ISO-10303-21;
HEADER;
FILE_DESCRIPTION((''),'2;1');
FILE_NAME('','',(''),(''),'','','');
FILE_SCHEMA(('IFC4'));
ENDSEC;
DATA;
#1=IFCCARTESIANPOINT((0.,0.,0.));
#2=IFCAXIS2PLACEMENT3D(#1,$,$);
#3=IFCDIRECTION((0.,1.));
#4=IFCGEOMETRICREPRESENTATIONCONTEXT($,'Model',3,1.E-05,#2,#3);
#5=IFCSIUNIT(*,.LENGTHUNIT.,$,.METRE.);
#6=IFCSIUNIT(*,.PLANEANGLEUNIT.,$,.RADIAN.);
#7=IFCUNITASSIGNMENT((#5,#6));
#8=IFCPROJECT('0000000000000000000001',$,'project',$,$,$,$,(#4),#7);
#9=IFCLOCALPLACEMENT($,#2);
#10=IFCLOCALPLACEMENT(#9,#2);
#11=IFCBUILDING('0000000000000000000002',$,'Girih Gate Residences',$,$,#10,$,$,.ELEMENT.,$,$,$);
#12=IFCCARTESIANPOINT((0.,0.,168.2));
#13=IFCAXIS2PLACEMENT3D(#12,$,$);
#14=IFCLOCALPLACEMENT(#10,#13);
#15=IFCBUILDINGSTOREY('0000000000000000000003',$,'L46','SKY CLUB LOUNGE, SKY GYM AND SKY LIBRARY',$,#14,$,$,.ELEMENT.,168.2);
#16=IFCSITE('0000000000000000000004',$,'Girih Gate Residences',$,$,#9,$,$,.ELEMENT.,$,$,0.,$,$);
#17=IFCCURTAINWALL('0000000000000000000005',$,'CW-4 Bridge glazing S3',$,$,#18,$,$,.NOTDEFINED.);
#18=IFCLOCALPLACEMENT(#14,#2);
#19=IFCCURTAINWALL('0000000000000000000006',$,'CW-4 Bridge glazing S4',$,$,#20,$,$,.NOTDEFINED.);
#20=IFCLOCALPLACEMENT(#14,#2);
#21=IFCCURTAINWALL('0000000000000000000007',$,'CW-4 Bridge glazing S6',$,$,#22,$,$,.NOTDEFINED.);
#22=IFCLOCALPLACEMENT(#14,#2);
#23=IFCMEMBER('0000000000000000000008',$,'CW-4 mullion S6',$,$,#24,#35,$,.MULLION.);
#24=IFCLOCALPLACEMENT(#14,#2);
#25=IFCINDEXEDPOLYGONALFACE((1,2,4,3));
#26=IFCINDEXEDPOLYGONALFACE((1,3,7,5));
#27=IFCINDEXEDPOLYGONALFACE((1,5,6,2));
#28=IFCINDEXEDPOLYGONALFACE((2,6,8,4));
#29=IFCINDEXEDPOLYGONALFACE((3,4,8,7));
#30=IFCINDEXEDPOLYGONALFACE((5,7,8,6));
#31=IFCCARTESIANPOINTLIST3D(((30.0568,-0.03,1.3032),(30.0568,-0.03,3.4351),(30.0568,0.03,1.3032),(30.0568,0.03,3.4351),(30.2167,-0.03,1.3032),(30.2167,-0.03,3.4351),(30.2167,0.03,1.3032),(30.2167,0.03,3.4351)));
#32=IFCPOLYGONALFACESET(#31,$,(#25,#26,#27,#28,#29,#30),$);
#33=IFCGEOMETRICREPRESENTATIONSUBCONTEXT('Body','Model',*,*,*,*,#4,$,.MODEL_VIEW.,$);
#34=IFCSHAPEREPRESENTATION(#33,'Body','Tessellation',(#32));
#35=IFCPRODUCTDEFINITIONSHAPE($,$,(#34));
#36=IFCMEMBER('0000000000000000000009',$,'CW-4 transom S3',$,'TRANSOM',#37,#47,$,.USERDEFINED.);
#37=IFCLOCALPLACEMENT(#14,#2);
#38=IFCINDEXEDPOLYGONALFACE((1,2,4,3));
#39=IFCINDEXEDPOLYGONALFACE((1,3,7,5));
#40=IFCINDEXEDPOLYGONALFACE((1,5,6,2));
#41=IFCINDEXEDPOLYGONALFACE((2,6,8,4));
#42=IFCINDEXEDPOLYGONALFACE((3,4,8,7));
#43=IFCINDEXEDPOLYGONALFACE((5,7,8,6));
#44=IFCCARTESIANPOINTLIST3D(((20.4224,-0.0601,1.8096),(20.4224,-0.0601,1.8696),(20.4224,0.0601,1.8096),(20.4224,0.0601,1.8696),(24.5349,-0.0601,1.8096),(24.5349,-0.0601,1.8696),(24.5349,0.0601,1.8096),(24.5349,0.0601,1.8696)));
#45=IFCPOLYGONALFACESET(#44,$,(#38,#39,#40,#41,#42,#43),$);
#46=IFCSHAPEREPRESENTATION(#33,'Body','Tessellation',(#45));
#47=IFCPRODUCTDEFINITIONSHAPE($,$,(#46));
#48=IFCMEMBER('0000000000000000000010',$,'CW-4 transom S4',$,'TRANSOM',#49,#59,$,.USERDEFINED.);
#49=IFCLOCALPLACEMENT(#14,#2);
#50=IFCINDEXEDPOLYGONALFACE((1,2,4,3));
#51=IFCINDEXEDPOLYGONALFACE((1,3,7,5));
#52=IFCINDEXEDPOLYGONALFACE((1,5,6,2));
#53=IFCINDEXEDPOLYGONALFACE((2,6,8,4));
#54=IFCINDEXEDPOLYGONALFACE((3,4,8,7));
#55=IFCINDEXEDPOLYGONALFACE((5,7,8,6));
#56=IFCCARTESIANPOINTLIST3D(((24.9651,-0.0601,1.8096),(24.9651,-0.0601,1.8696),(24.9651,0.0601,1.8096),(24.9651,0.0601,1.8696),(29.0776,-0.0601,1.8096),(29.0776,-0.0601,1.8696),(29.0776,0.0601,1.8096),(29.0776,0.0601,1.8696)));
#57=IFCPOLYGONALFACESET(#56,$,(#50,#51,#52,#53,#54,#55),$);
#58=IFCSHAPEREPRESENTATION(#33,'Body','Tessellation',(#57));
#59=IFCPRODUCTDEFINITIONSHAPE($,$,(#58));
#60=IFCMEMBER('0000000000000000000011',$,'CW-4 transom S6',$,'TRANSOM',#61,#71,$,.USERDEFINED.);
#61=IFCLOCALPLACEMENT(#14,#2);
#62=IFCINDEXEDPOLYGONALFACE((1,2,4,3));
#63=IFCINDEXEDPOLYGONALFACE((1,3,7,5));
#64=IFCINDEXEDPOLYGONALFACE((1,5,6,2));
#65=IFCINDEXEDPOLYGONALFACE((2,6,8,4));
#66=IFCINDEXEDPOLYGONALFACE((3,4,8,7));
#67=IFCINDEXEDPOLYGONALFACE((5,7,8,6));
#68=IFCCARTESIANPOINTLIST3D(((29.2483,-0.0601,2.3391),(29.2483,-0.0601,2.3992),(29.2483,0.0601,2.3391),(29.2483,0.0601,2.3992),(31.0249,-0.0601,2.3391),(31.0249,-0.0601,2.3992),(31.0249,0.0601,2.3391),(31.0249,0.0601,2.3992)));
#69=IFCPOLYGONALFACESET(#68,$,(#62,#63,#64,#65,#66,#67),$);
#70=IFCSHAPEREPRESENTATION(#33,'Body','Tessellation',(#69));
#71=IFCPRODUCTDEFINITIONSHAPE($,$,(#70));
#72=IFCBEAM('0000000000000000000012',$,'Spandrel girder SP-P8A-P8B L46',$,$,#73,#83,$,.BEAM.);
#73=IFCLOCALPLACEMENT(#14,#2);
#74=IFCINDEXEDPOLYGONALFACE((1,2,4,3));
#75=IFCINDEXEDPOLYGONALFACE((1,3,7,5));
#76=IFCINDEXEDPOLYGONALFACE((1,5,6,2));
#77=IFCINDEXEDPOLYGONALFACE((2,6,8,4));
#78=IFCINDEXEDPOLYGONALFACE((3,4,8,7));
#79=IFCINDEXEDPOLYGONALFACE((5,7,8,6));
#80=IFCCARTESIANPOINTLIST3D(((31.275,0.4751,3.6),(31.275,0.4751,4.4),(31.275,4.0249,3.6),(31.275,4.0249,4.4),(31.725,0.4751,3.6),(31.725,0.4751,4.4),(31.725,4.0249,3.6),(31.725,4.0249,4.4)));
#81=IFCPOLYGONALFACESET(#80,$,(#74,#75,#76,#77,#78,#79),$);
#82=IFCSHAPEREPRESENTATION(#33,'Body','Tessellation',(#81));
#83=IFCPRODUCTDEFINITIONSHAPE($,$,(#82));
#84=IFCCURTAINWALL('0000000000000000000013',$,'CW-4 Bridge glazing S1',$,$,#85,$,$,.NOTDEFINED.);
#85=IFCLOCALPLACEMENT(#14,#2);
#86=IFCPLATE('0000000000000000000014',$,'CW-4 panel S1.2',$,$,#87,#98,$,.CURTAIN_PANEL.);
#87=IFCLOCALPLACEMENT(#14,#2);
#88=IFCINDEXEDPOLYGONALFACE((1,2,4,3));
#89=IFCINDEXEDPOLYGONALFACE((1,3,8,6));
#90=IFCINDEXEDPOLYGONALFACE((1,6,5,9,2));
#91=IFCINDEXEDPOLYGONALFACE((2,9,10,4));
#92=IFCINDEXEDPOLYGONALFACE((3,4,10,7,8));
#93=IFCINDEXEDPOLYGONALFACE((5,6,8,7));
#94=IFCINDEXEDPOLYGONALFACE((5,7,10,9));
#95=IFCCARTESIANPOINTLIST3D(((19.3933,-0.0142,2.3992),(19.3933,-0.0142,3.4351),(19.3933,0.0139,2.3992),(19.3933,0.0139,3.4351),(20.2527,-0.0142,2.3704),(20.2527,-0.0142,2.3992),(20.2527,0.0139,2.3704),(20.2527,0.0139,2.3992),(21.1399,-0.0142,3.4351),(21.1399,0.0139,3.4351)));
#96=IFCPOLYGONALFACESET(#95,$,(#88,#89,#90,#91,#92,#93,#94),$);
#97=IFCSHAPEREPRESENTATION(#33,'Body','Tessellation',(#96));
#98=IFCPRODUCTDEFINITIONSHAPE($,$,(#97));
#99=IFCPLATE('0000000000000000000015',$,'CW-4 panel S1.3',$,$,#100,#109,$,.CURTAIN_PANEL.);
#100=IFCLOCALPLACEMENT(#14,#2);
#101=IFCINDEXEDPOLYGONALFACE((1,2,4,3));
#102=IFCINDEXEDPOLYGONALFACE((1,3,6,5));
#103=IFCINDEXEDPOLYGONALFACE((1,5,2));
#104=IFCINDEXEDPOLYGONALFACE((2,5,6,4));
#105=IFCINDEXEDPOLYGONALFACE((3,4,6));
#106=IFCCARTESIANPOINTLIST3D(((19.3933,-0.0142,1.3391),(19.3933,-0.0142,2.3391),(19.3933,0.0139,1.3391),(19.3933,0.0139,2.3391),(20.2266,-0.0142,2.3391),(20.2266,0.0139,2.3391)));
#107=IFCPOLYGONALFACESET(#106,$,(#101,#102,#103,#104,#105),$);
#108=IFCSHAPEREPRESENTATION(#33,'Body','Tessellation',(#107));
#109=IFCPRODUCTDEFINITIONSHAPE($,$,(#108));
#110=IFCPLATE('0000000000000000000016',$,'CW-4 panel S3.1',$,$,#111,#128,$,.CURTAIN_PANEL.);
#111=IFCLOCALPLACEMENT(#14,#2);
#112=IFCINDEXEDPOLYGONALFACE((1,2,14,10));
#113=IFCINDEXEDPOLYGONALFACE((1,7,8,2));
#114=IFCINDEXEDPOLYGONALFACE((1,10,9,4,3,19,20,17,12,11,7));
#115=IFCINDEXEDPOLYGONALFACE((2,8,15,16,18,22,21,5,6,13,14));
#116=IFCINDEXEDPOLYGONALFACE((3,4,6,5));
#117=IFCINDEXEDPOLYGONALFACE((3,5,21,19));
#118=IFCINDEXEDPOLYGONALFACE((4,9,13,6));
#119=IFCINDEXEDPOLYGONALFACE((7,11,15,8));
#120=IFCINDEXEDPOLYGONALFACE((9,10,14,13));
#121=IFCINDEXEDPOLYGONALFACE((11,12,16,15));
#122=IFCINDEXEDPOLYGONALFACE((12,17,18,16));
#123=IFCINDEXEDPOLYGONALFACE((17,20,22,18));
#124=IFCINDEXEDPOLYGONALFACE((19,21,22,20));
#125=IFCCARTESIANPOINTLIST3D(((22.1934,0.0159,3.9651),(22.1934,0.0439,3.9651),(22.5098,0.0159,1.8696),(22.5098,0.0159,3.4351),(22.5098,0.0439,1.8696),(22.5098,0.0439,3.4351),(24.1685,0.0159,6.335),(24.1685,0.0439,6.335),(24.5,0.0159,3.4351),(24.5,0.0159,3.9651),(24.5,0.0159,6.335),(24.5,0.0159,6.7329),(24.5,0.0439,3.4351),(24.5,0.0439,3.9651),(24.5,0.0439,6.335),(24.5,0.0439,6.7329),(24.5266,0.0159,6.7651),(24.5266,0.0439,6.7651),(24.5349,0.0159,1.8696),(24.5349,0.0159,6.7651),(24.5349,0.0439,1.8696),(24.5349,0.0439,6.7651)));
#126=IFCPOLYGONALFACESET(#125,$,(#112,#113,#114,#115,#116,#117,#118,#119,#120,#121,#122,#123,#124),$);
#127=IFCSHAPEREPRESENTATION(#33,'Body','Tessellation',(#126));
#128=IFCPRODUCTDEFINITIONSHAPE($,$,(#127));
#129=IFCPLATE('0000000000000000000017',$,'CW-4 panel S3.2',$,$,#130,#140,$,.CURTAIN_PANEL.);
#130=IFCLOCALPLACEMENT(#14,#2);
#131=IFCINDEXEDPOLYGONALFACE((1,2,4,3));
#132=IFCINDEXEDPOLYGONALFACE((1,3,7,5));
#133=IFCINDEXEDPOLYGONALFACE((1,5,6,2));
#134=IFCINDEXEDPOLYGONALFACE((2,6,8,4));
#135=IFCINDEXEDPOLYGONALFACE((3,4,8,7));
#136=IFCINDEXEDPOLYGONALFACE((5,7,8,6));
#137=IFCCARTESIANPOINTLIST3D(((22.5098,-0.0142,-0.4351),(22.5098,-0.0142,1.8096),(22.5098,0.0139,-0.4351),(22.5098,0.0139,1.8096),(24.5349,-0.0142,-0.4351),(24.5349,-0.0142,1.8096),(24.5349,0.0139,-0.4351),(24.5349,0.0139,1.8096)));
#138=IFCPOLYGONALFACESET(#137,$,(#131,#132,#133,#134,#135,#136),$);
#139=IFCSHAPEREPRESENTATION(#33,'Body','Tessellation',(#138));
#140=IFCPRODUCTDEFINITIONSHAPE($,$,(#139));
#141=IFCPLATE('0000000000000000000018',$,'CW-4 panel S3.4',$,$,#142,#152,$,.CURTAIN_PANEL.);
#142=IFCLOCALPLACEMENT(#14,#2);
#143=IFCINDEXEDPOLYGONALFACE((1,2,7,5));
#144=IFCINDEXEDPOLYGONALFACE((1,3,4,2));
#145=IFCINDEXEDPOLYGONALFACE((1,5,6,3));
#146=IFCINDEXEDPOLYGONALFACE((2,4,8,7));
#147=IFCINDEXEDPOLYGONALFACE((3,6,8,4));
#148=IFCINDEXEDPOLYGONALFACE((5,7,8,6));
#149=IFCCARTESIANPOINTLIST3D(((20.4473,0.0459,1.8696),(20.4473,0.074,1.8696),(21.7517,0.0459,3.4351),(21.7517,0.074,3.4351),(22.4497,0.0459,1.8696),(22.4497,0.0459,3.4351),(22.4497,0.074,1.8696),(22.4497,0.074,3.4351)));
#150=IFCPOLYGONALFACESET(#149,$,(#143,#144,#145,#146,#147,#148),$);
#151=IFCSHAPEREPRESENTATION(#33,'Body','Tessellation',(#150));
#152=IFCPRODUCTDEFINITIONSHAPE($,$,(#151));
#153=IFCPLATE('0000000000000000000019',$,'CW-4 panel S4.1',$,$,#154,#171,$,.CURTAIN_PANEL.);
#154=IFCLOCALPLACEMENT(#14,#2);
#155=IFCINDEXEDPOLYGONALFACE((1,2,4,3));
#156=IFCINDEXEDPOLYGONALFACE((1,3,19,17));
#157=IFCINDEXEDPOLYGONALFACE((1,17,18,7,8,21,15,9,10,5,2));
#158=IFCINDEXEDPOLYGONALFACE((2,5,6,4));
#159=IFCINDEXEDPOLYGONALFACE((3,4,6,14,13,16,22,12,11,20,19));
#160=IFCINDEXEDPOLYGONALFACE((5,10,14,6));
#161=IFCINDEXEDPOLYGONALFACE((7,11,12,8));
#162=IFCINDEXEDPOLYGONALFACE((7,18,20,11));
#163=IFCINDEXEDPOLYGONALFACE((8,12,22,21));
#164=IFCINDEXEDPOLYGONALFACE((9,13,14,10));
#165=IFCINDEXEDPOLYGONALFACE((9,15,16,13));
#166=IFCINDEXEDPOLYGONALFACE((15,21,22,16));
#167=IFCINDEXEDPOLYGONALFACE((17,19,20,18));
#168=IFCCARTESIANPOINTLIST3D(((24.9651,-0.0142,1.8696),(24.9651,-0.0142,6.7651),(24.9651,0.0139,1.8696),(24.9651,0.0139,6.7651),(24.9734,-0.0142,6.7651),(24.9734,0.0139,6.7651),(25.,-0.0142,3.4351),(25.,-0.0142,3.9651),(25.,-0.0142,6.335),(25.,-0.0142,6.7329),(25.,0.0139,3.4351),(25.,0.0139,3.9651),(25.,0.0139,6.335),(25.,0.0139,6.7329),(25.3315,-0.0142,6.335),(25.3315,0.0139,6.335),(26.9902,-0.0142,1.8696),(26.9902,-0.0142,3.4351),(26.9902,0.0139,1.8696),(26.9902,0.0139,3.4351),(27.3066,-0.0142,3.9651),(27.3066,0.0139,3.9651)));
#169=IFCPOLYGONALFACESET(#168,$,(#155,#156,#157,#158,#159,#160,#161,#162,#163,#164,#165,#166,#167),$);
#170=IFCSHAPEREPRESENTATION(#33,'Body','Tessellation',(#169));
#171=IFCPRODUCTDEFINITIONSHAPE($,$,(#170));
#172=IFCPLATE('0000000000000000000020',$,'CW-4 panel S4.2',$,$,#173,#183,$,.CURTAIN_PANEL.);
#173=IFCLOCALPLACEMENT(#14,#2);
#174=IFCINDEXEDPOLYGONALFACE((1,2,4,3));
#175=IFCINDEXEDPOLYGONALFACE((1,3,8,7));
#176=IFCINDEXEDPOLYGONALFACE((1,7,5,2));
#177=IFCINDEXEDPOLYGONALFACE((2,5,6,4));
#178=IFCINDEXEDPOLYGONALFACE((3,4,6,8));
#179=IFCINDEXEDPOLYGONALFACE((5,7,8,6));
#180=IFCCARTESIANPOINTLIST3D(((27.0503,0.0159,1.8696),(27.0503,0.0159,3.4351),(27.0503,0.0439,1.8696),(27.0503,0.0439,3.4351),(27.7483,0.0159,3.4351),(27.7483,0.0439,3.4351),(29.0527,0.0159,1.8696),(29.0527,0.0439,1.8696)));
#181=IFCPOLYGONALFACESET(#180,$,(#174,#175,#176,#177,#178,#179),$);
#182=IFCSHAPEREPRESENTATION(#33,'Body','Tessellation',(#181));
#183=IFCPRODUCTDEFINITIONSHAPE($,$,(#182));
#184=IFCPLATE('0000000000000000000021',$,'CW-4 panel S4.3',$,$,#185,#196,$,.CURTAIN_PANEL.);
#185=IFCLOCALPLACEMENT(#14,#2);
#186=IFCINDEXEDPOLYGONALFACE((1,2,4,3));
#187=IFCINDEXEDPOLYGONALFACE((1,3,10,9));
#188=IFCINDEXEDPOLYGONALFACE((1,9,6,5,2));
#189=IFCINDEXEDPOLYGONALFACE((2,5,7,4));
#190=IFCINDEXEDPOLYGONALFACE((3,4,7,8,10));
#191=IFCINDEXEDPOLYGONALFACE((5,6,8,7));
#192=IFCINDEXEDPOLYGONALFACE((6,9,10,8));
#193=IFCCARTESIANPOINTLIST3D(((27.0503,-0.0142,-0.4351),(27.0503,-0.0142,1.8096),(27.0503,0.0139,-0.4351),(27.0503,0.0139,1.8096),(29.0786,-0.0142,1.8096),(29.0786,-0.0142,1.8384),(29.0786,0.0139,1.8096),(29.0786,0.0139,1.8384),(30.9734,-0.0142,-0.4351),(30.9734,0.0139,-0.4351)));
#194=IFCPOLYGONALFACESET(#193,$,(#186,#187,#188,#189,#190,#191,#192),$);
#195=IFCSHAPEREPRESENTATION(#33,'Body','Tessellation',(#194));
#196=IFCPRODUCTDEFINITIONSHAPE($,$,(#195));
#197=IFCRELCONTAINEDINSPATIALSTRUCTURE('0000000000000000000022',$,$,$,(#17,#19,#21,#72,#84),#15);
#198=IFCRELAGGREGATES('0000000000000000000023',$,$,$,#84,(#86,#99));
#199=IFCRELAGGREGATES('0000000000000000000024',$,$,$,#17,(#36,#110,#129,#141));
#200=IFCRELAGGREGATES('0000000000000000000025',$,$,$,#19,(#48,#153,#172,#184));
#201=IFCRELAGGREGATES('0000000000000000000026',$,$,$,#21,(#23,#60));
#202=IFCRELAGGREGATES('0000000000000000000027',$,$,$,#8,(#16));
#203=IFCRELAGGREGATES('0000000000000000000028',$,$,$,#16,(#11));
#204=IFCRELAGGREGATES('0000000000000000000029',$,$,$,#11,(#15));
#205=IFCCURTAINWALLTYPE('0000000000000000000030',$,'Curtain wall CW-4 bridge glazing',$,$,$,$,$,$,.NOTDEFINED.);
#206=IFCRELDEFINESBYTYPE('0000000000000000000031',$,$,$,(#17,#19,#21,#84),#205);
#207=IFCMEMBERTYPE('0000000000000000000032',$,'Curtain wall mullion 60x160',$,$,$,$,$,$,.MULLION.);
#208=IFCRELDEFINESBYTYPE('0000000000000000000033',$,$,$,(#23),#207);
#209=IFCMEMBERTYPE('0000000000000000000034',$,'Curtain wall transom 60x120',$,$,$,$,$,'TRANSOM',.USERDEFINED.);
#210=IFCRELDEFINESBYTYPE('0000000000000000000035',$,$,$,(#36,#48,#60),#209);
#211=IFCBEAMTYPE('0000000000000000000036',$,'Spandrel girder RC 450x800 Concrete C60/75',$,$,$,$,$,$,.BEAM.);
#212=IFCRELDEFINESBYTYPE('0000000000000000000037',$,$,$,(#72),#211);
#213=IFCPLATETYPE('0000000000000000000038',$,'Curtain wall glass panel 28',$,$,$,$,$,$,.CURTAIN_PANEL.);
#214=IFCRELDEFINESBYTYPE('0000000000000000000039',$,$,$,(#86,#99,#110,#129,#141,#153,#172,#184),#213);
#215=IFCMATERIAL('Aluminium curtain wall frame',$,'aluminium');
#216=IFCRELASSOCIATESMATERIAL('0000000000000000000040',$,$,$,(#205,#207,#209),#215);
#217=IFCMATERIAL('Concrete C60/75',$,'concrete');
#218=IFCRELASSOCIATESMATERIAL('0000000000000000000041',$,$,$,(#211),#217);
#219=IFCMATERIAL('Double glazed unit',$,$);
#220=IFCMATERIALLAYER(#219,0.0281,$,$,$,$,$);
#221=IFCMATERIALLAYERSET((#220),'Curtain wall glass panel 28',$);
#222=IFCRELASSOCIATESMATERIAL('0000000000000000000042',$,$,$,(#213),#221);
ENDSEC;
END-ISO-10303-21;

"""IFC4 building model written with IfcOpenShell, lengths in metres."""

from ifc_helpers import new_model, si_unit, direction, frame, origin, origin_2d, place, context, subcontext, project, spatial, polyline, rectangle, outline, extrude, material, layer, layer_set, material_profile, profile_set, type_object, element, aggregate, save


model = new_model("IFC4")

# Units and contexts
model_context = context("Model", 3, precision=1e-05, world=origin(), true_north=direction((0.0, 1.0)))
body_context = subcontext(model_context, "Body", "Model", "MODEL_VIEW")
ifc_project = project(units=[si_unit("LENGTHUNIT", "METRE"), si_unit("PLANEANGLEUNIT", "RADIAN")], contexts=[model_context])

# Site, building, storey
site_placement = place(None, origin())
site = spatial("IfcSite", under=ifc_project, at=site_placement, Name="Girih Gate Residences", CompositionType="ELEMENT", RefElevation=0.0)
building_placement = place(site_placement, origin())
building = spatial("IfcBuilding", under=site, at=building_placement, Name="Girih Gate Residences", CompositionType="ELEMENT")
storey_placement = place(building_placement, frame((0.0, 0.0, 168.2)))
storey = spatial("IfcBuildingStorey", under=building, at=storey_placement, Name="L46", Description="SKY CLUB LOUNGE, SKY GYM AND SKY LIBRARY", CompositionType="ELEMENT", Elevation=168.2)

# Curtain walls, member
ifc_material_1 = material(Name="Aluminium curtain wall frame", Category="aluminium")
curtain_wall_type = type_object("IfcCurtainWallType", Name="Curtain wall CW-4 bridge glazing", PredefinedType="NOTDEFINED", material=ifc_material_1)
curtain_wall_1_placement = place(storey_placement, origin())
curtain_wall_1 = element("IfcCurtainWall", 1, at=curtain_wall_1_placement, inside=storey, type_object=curtain_wall_type, Name="CW-4 Bridge glazing S3", PredefinedType="NOTDEFINED")
ifc_material_profile_1 = material_profile(ifc_material_1, rectangle(XDim=0.0601, YDim=0.1599, at=origin_2d()))
ifc_profile_set_1 = profile_set([ifc_material_profile_1], Name="Aluminium curtain wall frame")
member_type_1 = type_object("IfcMemberType", Name="Curtain wall mullion 60x160", PredefinedType="MULLION", material=ifc_profile_set_1)
curtain_wall_2_placement = place(storey_placement, origin())
curtain_wall_2 = element("IfcCurtainWall", 2, at=curtain_wall_2_placement, inside=storey, type_object=curtain_wall_type, Name="CW-4 Bridge glazing S4", PredefinedType="NOTDEFINED")
curtain_wall_3_placement = place(storey_placement, origin())
curtain_wall_3 = element("IfcCurtainWall", 3, at=curtain_wall_3_placement, inside=storey, type_object=curtain_wall_type, Name="CW-4 Bridge glazing S6", PredefinedType="NOTDEFINED")
member_1_placement = place(storey_placement, frame((30.1367, 0.0, 1.3032), z_axis=(0.0, 0.0, 1.0), x_axis=(0.0, 1.0, 0.0)))
member_1 = element("IfcMember", 4, at=member_1_placement, type_object=member_type_1, Name="CW-4 mullion S6", PredefinedType="MULLION", context=body_context, shape_type="SweptSolid", body=[
    extrude(rectangle(XDim=0.0601, YDim=0.1599, at=origin_2d()), origin(), (0.0, 0.0, 1.0), 2.1318),
])

# Members
ifc_material_profile_2 = material_profile(ifc_material_1, rectangle(XDim=0.1201, YDim=0.0601, at=origin_2d()))
ifc_profile_set_2 = profile_set([ifc_material_profile_2], Name="Aluminium curtain wall frame")
member_type_2 = type_object("IfcMemberType", Name="Curtain wall transom 60x120", ElementType="TRANSOM", PredefinedType="USERDEFINED", material=ifc_profile_set_2)
member_2_placement = place(storey_placement, frame((20.4224, 0.0, 1.8396), z_axis=(1.0, 0.0, 0.0), x_axis=(0.0, 1.0, 0.0)))
member_2 = element("IfcMember", 5, at=member_2_placement, type_object=member_type_2, Name="CW-4 transom S3", ObjectType="TRANSOM", PredefinedType="USERDEFINED", context=body_context, shape_type="SweptSolid", body=[
    extrude(rectangle(XDim=0.1201, YDim=0.0601, at=origin_2d()), origin(), (0.0, 0.0, 1.0), 4.1125),
])
member_3_placement = place(storey_placement, frame((24.9651, 0.0, 1.8396), z_axis=(1.0, 0.0, 0.0), x_axis=(0.0, 1.0, 0.0)))
member_3 = element("IfcMember", 6, at=member_3_placement, type_object=member_type_2, Name="CW-4 transom S4", ObjectType="TRANSOM", PredefinedType="USERDEFINED", context=body_context, shape_type="SweptSolid", body=[
    extrude(rectangle(XDim=0.1201, YDim=0.0601, at=origin_2d()), origin(), (0.0, 0.0, 1.0), 4.1125),
])
member_4_placement = place(storey_placement, frame((29.2483, 0.0, 2.3691), z_axis=(1.0, 0.0, 0.0), x_axis=(0.0, 1.0, 0.0)))
member_4 = element("IfcMember", 7, at=member_4_placement, type_object=member_type_2, Name="CW-4 transom S6", ObjectType="TRANSOM", PredefinedType="USERDEFINED", context=body_context, shape_type="SweptSolid", body=[
    extrude(rectangle(XDim=0.1201, YDim=0.0601, at=origin_2d()), origin(), (0.0, 0.0, 1.0), 1.7766),
])

# Beam
ifc_material_2 = material(Name="Concrete C60/75", Category="concrete")
ifc_material_profile_3 = material_profile(ifc_material_2, rectangle(XDim=0.45, YDim=0.8, at=origin_2d()))
ifc_profile_set_3 = profile_set([ifc_material_profile_3], Name="Concrete C60/75")
beam_type = type_object("IfcBeamType", Name="Spandrel girder RC 450x800 Concrete C60/75", PredefinedType="BEAM", material=ifc_profile_set_3)
beam_placement = place(storey_placement, frame((31.5, 0.4751, 4.0), z_axis=(0.0, 1.0, 0.0), x_axis=(-1.0, 0.0, 0.0)))
element("IfcBeam", 8, at=beam_placement, inside=storey, type_object=beam_type, Name="Spandrel girder SP-P8A-P8B L46", PredefinedType="BEAM", context=body_context, shape_type="SweptSolid", body=[
    extrude(rectangle(XDim=0.45, YDim=0.8, at=origin_2d()), origin(), (0.0, 0.0, 1.0), 3.5498),
])

# Curtain wall, plates
curtain_wall_4_placement = place(storey_placement, origin())
curtain_wall_4 = element("IfcCurtainWall", 9, at=curtain_wall_4_placement, inside=storey, type_object=curtain_wall_type, Name="CW-4 Bridge glazing S1", PredefinedType="NOTDEFINED")
ifc_material_3 = material(Name="Double glazed unit")
ifc_layer = layer(ifc_material_3, 0.0281)
ifc_layer_set = layer_set([ifc_layer], Name="Curtain wall glass panel 28")
plate_type = type_object("IfcPlateType", Name="Curtain wall glass panel 28", PredefinedType="CURTAIN_PANEL", material=ifc_layer_set)
plate_1_placement = place(storey_placement, frame((21.1399, 0.0139, 3.4351), z_axis=(0.0, 1.0, 0.0), x_axis=(-0.640167, 0.0, -0.768236)))
plate_1 = element("IfcPlate", 10, at=plate_1_placement, type_object=plate_type, Name="CW-4 panel S1.2", PredefinedType="CURTAIN_PANEL", context=body_context, shape_type="SweptSolid", body=[
    extrude(outline(polyline([(0.0, 0.0), (1.3859, 0.0), (1.3638, 0.0184), (1.9139, 0.6786), (1.1181, 1.3418), (0.0, 0.0)])), origin(), (0.0, 0.0, -1.0), 0.0281),
])
plate_2_placement = place(storey_placement, frame((19.3933, 0.0139, 1.3391), z_axis=(0.0, 1.0, 0.0), x_axis=(0.0, 0.0, 1.0)))
plate_2 = element("IfcPlate", 11, at=plate_2_placement, type_object=plate_type, Name="CW-4 panel S1.3", PredefinedType="CURTAIN_PANEL", context=body_context, shape_type="SweptSolid", body=[
    extrude(outline(polyline([(0.0, 0.0), (1.0, 0.0), (1.0, 0.8333), (0.0, 0.0)])), origin(), (0.0, 0.0, -1.0), 0.0281),
])
aggregate(curtain_wall_4, [plate_1, plate_2])

# Plates
plate_3_placement = place(storey_placement, frame((24.5349, 0.0439, 1.8696), z_axis=(0.0, 1.0, 0.0), x_axis=(-1.0, 0.0, 0.0)))
plate_3 = element("IfcPlate", 12, at=plate_3_placement, type_object=plate_type, Name="CW-4 panel S3.1", PredefinedType="CURTAIN_PANEL", context=body_context, shape_type="SweptSolid", body=[
    extrude(outline(polyline([(0.0, 0.0), (2.0251, 0.0), (2.0251, 1.5654), (0.0349, 1.5654), (0.0349, 2.0955), (2.3416, 2.0955), (0.3665, 4.4653), (0.0349, 4.4653), (0.0349, 4.8633), (0.0083, 4.8955), (0.0, 4.8955), (0.0, 0.0)])), origin(), (0.0, 0.0, -1.0), 0.0281),
])
plate_4_placement = place(storey_placement, frame((24.5349, 0.0139, -0.4351), z_axis=(0.0, 1.0, 0.0), x_axis=(-1.0, 0.0, 0.0)))
plate_4 = element("IfcPlate", 13, at=plate_4_placement, type_object=plate_type, Name="CW-4 panel S3.2", PredefinedType="CURTAIN_PANEL", context=body_context, shape_type="SweptSolid", body=[
    extrude(outline(polyline([(0.0, 0.0), (2.0251, 0.0), (2.0251, 2.2446), (0.0, 2.2446), (0.0, 0.0)])), origin(), (0.0, 0.0, -1.0), 0.0281),
])
plate_5_placement = place(storey_placement, frame((21.7517, 0.074, 3.4351), z_axis=(0.0, 1.0, 0.0), x_axis=(1.0, 0.0, 0.0)))
plate_5 = element("IfcPlate", 14, at=plate_5_placement, type_object=plate_type, Name="CW-4 panel S3.4", PredefinedType="CURTAIN_PANEL", context=body_context, shape_type="SweptSolid", body=[
    extrude(outline(polyline([(0.0, 0.0), (0.698, 0.0), (0.698, 1.5654), (-1.3044, 1.5654), (0.0, 0.0)])), origin(), (0.0, 0.0, -1.0), 0.0281),
])
aggregate(curtain_wall_1, [member_2, plate_3, plate_4, plate_5])
plate_6_placement = place(storey_placement, frame((25.0, 0.0139, 6.7329), z_axis=(0.0, 1.0, 0.0), x_axis=(0.0, 0.0, -1.0)))
plate_6 = element("IfcPlate", 15, at=plate_6_placement, type_object=plate_type, Name="CW-4 panel S4.1", PredefinedType="CURTAIN_PANEL", context=body_context, shape_type="SweptSolid", body=[
    extrude(outline(polyline([(0.0, 0.0), (0.3979, 0.0), (0.3979, -0.3315), (2.7678, -2.3066), (2.7678, 0.0), (3.2979, 0.0), (3.2979, -1.9902), (4.8633, -1.9902), (4.8633, 0.0349), (-0.0322, 0.0349), (-0.0322, 0.0266), (0.0, 0.0)])), origin(), (0.0, 0.0, -1.0), 0.0281),
])
plate_7_placement = place(storey_placement, frame((27.7483, 0.0439, 3.4351), z_axis=(0.0, 1.0, 0.0), x_axis=(0.640161, 0.0, -0.768241)))
plate_7 = element("IfcPlate", 16, at=plate_7_placement, type_object=plate_type, Name="CW-4 panel S4.2", PredefinedType="CURTAIN_PANEL", context=body_context, shape_type="SweptSolid", body=[
    extrude(outline(polyline([(0.0, 0.0), (2.0377, 0.0), (0.7558, 1.5384), (-0.4468, 0.5362), (0.0, 0.0)])), origin(), (0.0, 0.0, -1.0), 0.0281),
])
plate_8_placement = place(storey_placement, frame((30.9734, 0.0139, -0.4351), z_axis=(0.0, 1.0, 0.0), x_axis=(-1.0, 0.0, 0.0)))
plate_8 = element("IfcPlate", 17, at=plate_8_placement, type_object=plate_type, Name="CW-4 panel S4.3", PredefinedType="CURTAIN_PANEL", context=body_context, shape_type="SweptSolid", body=[
    extrude(outline(polyline([(0.0, 0.0), (3.9231, 0.0), (3.9231, 2.2446), (1.8948, 2.2446), (1.8948, 2.2734), (0.0, 0.0)])), origin(), (0.0, 0.0, -1.0), 0.0281),
])
aggregate(curtain_wall_2, [member_3, plate_6, plate_7, plate_8])
aggregate(curtain_wall_3, [member_1, member_4])

save(model, "model.ifc")
